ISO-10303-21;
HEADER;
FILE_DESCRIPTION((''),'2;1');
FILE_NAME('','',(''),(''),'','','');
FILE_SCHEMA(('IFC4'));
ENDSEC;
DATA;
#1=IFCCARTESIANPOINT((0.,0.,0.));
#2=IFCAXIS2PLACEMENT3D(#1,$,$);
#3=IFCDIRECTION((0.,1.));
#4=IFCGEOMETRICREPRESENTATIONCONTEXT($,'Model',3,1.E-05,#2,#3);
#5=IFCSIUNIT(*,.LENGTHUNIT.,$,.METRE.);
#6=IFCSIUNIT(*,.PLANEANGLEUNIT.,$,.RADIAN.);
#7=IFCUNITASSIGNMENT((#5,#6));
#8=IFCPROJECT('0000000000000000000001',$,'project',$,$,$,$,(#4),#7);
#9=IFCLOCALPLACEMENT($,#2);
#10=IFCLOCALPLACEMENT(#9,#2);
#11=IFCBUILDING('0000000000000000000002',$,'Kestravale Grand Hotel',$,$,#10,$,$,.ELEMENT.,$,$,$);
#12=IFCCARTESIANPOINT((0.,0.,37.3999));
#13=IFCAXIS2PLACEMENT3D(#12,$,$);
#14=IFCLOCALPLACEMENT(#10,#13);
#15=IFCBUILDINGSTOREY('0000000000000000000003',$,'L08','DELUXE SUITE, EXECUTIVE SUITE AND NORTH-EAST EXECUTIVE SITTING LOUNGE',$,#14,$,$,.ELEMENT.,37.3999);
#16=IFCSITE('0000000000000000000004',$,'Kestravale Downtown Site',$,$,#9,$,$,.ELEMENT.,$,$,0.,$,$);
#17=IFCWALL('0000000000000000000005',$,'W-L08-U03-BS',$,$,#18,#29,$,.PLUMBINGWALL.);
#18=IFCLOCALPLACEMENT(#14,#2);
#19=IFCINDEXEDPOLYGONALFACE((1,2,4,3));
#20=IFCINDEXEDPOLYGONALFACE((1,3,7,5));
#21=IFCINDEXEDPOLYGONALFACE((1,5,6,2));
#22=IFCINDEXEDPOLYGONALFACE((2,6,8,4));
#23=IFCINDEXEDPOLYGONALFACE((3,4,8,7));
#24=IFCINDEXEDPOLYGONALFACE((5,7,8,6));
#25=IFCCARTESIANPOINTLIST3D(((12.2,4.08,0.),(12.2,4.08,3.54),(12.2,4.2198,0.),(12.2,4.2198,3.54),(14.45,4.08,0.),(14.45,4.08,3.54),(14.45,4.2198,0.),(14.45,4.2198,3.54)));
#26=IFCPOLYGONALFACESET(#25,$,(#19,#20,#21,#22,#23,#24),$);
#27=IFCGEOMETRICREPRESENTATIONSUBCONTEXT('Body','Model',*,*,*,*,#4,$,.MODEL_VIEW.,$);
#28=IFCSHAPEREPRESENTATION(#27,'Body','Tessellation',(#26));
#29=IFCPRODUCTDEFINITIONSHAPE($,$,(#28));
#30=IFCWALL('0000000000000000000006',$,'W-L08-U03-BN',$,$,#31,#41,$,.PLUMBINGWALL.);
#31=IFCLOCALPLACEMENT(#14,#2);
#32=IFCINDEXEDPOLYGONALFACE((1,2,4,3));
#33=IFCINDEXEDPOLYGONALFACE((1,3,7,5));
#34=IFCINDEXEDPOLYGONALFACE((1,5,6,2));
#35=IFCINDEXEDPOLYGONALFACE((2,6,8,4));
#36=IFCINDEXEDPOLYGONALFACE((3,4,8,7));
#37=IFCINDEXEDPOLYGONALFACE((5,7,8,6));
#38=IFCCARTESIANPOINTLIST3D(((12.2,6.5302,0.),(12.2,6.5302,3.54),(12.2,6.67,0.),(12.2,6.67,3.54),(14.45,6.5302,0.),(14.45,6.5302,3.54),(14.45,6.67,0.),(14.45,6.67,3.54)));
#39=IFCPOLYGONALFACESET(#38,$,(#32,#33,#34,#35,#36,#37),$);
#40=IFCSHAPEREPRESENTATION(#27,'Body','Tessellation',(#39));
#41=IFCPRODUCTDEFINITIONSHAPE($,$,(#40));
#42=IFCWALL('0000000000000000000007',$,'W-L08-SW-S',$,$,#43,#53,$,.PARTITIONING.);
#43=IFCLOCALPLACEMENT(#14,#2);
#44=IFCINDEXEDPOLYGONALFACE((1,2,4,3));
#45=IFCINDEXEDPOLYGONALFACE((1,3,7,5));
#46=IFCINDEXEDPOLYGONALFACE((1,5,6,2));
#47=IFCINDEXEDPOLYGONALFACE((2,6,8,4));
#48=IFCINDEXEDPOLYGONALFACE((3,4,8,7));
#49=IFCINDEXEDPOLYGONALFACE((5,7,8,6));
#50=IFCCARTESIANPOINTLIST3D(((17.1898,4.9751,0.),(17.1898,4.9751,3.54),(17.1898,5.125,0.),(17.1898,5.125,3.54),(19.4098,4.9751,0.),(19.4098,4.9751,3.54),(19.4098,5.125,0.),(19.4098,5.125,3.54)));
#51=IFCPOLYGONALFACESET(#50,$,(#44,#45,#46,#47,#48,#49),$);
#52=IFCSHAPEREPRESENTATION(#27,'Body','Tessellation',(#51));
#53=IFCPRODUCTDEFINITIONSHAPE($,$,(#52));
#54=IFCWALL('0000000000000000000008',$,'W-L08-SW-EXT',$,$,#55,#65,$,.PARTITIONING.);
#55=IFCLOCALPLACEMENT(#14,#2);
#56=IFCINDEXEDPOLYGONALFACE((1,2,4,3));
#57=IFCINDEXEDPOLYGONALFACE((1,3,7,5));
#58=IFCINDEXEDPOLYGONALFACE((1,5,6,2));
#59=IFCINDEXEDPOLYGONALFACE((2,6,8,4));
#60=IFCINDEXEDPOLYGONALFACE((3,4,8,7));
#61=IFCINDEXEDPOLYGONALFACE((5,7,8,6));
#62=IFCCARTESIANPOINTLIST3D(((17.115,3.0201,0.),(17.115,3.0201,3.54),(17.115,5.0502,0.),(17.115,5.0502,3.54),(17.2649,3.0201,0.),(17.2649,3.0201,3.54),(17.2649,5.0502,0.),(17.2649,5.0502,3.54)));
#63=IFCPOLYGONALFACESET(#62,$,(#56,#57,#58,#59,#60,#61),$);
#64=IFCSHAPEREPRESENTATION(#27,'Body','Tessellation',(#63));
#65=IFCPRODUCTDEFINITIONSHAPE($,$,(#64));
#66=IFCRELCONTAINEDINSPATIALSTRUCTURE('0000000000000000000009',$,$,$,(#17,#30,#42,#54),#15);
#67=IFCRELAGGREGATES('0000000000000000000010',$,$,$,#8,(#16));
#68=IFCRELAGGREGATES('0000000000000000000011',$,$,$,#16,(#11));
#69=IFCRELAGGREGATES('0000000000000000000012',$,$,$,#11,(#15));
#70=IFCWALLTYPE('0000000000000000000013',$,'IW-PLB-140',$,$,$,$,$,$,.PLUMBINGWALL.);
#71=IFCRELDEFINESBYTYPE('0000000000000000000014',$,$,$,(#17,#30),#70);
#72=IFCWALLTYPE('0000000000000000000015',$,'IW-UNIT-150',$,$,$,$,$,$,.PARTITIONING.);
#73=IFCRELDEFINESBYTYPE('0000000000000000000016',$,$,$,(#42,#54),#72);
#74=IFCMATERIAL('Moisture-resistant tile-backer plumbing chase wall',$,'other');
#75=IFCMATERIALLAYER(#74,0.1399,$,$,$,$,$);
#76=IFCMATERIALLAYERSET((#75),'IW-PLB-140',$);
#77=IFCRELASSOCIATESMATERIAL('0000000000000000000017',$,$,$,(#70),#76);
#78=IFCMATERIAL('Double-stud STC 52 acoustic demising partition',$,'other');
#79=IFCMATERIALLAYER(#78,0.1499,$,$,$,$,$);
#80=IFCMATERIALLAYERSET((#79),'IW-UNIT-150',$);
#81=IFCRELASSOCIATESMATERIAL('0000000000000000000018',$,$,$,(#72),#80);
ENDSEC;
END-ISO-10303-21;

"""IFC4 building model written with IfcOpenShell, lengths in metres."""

from ifc_helpers import new_model, si_unit, direction, frame, frame_2d, origin, place, context, subcontext, project, spatial, rectangle, extrude, material, layer, layer_set, type_object, element, save


model = new_model("IFC4")

# Units and contexts
model_context = context("Model", 3, precision=1e-05, world=origin(), true_north=direction((0.0, 1.0)))
body_context = subcontext(model_context, "Body", "Model", "MODEL_VIEW")
ifc_project = project(units=[si_unit("LENGTHUNIT", "METRE"), si_unit("PLANEANGLEUNIT", "RADIAN")], contexts=[model_context])

# Site, building, storey
site_placement = place(None, origin())
site = spatial("IfcSite", under=ifc_project, at=site_placement, Name="Kestravale Downtown Site", CompositionType="ELEMENT", RefElevation=0.0)
building_placement = place(site_placement, origin())
building = spatial("IfcBuilding", under=site, at=building_placement, Name="Kestravale Grand Hotel", CompositionType="ELEMENT")
storey_placement = place(building_placement, frame((0.0, 0.0, 37.3999)))
storey = spatial("IfcBuildingStorey", under=building, at=storey_placement, Name="L08", Description="DELUXE SUITE, EXECUTIVE SUITE AND NORTH-EAST EXECUTIVE SITTING LOUNGE", CompositionType="ELEMENT", Elevation=37.3999)

# Shared definitions
ifc_material_1 = material(Name="Moisture-resistant tile-backer plumbing chase wall", Category="other")
ifc_layer_1 = layer(ifc_material_1, 0.1399)
ifc_layer_set_1 = layer_set([ifc_layer_1], Name="IW-PLB-140")
wall_type_1 = type_object("IfcWallType", Name="IW-PLB-140", PredefinedType="PLUMBINGWALL", material=ifc_layer_set_1)

# Walls
for number, where, z_axis, x_axis, name in (
    (1, (12.2, 4.1499, 0.0), (0.0, 0.0, 1.0), (1.0, 0.0, 0.0), "W-L08-U03-BS"),
    (2, (12.2, 6.6001, 0.0), (0.0, 0.0, 1.0), (1.0, 0.0, 0.0), "W-L08-U03-BN"),
):
    element("IfcWall", number, at=place(storey_placement, frame(where, z_axis=z_axis, x_axis=x_axis)), inside=storey, type_object=wall_type_1, Name=name, PredefinedType="PLUMBINGWALL", context=body_context, shape_type="SweptSolid", body=[
        extrude(rectangle(XDim=2.25, YDim=0.1399, at=frame_2d((1.125, 0.0))), origin(), (0.0, 0.0, 1.0), 3.54),
    ])
ifc_material_2 = material(Name="Double-stud STC 52 acoustic demising partition", Category="other")
ifc_layer_2 = layer(ifc_material_2, 0.1499)
ifc_layer_set_2 = layer_set([ifc_layer_2], Name="IW-UNIT-150")
wall_type_2 = type_object("IfcWallType", Name="IW-UNIT-150", PredefinedType="PARTITIONING", material=ifc_layer_set_2)
wall_1_placement = place(storey_placement, frame((17.1899, 5.05, 0.0), z_axis=(0.0, 0.0, 1.0), x_axis=(1.0, 0.0, 0.0)))
element("IfcWall", 3, at=wall_1_placement, inside=storey, type_object=wall_type_2, Name="W-L08-SW-S", PredefinedType="PARTITIONING", context=body_context, shape_type="SweptSolid", body=[
    extrude(rectangle(XDim=2.22, YDim=0.1499, at=frame_2d((1.1099, 0.0))), origin(), (0.0, 0.0, 1.0), 3.54),
])
wall_2_placement = place(storey_placement, frame((17.1899, 3.02, 0.0), z_axis=(0.0, 0.0, 1.0), x_axis=(0.0, 1.0, 0.0)))
element("IfcWall", 4, at=wall_2_placement, inside=storey, type_object=wall_type_2, Name="W-L08-SW-EXT", PredefinedType="PARTITIONING", context=body_context, shape_type="SweptSolid", body=[
    extrude(rectangle(XDim=2.03, YDim=0.1499, at=frame_2d((1.0151, 0.0))), origin(), (0.0, 0.0, 1.0), 3.54),
])

save(model, "model.ifc")
